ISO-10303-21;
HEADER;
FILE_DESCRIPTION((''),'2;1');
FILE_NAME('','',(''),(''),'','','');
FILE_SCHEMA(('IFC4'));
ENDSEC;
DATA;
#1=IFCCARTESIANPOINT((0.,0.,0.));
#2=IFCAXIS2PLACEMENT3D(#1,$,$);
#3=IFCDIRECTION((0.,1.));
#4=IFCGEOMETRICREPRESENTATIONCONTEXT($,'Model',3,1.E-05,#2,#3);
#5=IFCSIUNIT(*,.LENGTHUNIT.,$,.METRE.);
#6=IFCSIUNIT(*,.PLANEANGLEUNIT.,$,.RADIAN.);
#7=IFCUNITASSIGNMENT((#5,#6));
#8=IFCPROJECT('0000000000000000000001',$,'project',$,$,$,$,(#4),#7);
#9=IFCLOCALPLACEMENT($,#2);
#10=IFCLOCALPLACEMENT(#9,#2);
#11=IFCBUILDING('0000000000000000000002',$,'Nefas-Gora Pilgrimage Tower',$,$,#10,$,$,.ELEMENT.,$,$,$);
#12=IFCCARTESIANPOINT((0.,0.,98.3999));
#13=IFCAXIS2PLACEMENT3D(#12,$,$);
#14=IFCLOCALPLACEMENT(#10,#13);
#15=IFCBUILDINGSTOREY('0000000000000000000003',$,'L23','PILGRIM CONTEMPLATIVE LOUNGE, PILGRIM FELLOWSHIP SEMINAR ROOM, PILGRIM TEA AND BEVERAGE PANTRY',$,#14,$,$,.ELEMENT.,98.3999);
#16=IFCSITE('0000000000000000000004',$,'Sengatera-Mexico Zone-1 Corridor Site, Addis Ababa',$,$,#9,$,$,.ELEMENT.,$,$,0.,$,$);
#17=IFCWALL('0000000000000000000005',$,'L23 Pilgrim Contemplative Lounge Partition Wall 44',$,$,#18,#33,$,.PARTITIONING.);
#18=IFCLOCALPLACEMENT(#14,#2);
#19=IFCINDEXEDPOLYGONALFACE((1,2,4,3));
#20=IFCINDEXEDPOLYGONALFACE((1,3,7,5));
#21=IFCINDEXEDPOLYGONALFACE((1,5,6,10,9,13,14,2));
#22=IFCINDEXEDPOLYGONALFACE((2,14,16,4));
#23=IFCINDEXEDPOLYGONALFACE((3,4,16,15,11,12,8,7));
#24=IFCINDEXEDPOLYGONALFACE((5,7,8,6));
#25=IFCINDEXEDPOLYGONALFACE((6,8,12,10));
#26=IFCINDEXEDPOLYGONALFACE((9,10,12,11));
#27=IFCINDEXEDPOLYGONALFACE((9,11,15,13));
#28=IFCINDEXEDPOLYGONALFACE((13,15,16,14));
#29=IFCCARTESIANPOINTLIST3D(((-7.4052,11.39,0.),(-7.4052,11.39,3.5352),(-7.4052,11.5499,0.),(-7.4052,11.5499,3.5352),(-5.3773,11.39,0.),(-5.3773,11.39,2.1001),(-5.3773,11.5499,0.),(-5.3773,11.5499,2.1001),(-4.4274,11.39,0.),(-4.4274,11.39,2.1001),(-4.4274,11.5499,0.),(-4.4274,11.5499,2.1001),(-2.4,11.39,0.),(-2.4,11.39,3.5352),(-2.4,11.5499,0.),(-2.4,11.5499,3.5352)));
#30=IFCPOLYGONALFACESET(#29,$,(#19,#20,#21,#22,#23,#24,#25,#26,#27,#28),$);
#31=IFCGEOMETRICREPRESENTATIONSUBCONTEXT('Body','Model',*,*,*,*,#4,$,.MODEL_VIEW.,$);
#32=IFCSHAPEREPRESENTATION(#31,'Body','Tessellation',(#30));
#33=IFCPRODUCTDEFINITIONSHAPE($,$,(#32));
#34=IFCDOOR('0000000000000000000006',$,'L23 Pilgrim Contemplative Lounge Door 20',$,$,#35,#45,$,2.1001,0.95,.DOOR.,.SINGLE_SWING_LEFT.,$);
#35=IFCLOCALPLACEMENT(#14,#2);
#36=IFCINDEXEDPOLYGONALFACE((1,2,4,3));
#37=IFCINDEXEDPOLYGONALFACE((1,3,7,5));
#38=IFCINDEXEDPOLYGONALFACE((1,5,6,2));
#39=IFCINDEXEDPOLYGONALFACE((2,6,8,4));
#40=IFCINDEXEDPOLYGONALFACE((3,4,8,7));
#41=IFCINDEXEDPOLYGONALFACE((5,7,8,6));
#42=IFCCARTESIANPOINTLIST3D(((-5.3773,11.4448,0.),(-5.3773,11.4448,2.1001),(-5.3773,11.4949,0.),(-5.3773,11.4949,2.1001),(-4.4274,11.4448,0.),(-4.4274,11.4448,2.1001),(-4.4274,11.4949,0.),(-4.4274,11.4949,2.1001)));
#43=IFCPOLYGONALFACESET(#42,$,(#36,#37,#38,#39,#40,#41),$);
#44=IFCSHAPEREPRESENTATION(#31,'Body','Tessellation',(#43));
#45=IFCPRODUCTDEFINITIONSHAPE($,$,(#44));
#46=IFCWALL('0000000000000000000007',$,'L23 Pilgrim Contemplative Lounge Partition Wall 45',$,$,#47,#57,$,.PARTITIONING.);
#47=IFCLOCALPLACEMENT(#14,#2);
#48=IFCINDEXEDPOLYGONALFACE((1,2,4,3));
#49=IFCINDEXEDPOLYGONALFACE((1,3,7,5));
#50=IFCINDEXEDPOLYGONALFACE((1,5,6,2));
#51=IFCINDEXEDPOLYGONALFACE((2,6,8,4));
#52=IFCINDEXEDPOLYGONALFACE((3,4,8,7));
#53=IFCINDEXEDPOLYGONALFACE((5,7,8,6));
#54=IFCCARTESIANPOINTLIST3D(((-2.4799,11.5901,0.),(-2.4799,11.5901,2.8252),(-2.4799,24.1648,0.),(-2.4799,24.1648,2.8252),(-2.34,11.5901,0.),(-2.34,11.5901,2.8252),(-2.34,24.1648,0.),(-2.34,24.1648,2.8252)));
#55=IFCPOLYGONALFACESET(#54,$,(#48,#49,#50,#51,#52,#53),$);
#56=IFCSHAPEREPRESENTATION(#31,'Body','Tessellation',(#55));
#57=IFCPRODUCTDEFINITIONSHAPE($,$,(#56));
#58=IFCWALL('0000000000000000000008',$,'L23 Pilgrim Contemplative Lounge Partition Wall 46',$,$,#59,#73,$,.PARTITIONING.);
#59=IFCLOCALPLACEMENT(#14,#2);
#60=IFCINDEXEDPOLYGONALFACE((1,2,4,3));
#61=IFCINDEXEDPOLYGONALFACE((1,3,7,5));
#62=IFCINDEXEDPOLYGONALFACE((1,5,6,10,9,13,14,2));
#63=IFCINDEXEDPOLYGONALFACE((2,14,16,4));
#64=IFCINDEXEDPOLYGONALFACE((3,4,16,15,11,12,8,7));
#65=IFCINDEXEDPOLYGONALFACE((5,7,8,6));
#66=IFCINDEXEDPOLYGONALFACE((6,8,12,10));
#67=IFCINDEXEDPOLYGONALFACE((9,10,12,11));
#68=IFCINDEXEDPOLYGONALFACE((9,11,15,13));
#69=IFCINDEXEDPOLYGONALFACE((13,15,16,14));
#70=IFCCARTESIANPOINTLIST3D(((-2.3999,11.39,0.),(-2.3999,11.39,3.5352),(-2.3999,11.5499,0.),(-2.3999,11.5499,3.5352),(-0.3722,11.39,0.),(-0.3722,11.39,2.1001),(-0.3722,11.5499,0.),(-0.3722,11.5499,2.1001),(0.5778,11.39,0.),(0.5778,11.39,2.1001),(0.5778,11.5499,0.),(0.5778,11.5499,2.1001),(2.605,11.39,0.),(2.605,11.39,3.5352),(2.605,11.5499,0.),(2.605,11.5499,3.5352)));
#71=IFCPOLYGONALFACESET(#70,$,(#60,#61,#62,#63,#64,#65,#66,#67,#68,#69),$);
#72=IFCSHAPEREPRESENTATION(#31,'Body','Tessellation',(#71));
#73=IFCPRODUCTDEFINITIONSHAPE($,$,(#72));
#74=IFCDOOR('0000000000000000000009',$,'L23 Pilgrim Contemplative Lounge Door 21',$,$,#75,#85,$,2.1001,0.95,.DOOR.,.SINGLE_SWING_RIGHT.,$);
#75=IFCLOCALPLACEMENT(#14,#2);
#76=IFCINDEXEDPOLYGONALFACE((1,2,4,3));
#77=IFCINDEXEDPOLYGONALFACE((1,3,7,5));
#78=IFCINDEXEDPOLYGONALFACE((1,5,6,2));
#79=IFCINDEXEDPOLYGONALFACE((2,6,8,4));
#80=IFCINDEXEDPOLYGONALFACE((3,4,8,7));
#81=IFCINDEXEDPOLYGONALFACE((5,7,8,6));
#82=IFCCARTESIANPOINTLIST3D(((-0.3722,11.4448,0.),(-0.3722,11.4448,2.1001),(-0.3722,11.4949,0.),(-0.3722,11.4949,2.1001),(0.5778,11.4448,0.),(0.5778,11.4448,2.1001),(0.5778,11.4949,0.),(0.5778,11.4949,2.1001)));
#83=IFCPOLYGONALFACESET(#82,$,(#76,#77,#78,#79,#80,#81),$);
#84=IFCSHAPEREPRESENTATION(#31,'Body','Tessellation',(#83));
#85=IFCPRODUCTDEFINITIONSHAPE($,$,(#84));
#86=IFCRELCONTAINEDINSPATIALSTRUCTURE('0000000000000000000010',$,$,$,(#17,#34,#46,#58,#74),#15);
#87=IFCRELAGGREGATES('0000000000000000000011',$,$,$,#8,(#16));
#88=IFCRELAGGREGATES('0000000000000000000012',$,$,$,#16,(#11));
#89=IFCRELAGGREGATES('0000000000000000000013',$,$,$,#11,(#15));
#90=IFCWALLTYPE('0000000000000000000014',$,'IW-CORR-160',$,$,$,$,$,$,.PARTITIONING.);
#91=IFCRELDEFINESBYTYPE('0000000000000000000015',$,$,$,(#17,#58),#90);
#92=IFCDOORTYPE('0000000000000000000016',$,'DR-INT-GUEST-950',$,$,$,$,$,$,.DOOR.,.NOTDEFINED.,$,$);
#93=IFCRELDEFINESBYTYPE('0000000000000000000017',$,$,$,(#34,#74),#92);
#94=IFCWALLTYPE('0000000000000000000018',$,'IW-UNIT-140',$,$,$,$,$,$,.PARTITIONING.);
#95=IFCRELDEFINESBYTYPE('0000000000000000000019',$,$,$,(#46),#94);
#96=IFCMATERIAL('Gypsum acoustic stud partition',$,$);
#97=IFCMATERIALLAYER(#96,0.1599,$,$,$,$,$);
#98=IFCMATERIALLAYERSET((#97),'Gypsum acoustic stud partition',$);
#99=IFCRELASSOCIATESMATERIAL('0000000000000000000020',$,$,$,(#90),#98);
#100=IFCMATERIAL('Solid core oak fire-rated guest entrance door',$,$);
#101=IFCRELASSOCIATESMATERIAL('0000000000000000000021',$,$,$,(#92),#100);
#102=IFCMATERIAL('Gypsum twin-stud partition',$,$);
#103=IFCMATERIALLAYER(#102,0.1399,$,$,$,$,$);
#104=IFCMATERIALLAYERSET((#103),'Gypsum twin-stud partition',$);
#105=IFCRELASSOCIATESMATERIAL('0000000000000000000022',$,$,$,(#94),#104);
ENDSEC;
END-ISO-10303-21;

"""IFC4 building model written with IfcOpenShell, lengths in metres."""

from ifc_helpers import new_model, si_unit, direction, frame, frame_2d, origin, place, context, subcontext, project, spatial, rectangle, extrude, source, transform, mapped, material, layer, layer_set, type_object, element, fill, save


model = new_model("IFC4")

# Units and contexts
model_context = context("Model", 3, precision=1e-05, world=origin(), true_north=direction((0.0, 1.0)))
body_context = subcontext(model_context, "Body", "Model", "MODEL_VIEW")
ifc_project = project(units=[si_unit("LENGTHUNIT", "METRE"), si_unit("PLANEANGLEUNIT", "RADIAN")], contexts=[model_context])

# Site, building, storey
site_placement = place(None, origin())
site = spatial("IfcSite", under=ifc_project, at=site_placement, Name="Sengatera-Mexico Zone-1 Corridor Site, Addis Ababa", CompositionType="ELEMENT", RefElevation=0.0)
building_placement = place(site_placement, origin())
building = spatial("IfcBuilding", under=site, at=building_placement, Name="Nefas-Gora Pilgrimage Tower", CompositionType="ELEMENT")
storey_placement = place(building_placement, frame((0.0, 0.0, 98.3999)))
storey = spatial("IfcBuildingStorey", under=building, at=storey_placement, Name="L23", Description="PILGRIM CONTEMPLATIVE LOUNGE, PILGRIM FELLOWSHIP SEMINAR ROOM, PILGRIM TEA AND BEVERAGE PANTRY", CompositionType="ELEMENT", Elevation=98.3999)

# Wall, opening, door
ifc_material_1 = material(Name="Gypsum acoustic stud partition")
ifc_layer_1 = layer(ifc_material_1, 0.1599)
ifc_layer_set_1 = layer_set([ifc_layer_1], Name="Gypsum acoustic stud partition")
wall_type_1 = type_object("IfcWallType", Name="IW-CORR-160", PredefinedType="PARTITIONING", material=ifc_layer_set_1)
shared_shape_1 = source(origin(), body_context, "Body", "SweptSolid", [
    extrude(rectangle(XDim=5.0051, YDim=0.1599, at=frame_2d((2.5024, 0.0))), origin(), (0.0, 0.0, 1.0), 3.5352),
])
wall_1_placement = place(storey_placement, frame((-7.405, 11.47, 0.0), z_axis=(0.0, 0.0, 1.0), x_axis=(1.0, 0.0, 0.0)))
wall_1 = element("IfcWall", 1, at=wall_1_placement, inside=storey, type_object=wall_type_1, Name="L23 Pilgrim Contemplative Lounge Partition Wall 44", PredefinedType="PARTITIONING", context=body_context, shape_type="MappedRepresentation", body=[
    mapped(shared_shape_1, transform((0.0, 0.0, 0.0), x_axis=(1.0, 0.0, 0.0), y_axis=(0.0, 1.0, 0.0), z_axis=(0.0, 0.0, 1.0), scale=1.0)),
])
opening_1_placement = place(wall_1_placement, frame((2.0276, 0.0, 0.0)))
opening_1 = element("IfcOpeningElement", 2, at=opening_1_placement, cuts=wall_1, PredefinedType="OPENING", context=body_context, shape_type="SweptSolid", body=[
    extrude(rectangle(XDim=0.95, YDim=2.1001, at=frame_2d((0.4751, 1.05))), frame((0.0, 0.0898, 0.0), z_axis=(0.0, -1.0, 0.0), x_axis=(1.0, 0.0, 0.0)), (0.0, 0.0, 1.0), 0.1799),
])
ifc_material_2 = material(Name="Solid core oak fire-rated guest entrance door")
door_type_1 = type_object("IfcDoorType", Name="DR-INT-GUEST-950", OperationType="NOTDEFINED", PredefinedType="DOOR", material=ifc_material_2)
shared_shape_2 = source(origin(), body_context, "Body", "SweptSolid", [
    extrude(rectangle(XDim=0.95, YDim=2.1001, at=frame_2d((0.4751, 1.05))), frame((0.0, 0.0249, 0.0), z_axis=(0.0, -1.0, 0.0), x_axis=(1.0, 0.0, 0.0)), (0.0, 0.0, 1.0), 0.05),
])
door_1_placement = place(opening_1_placement, origin())
door_1 = element("IfcDoor", 3, at=door_1_placement, inside=storey, type_object=door_type_1, Name="L23 Pilgrim Contemplative Lounge Door 20", OperationType="SINGLE_SWING_LEFT", OverallHeight=2.1001, OverallWidth=0.95, PredefinedType="DOOR", context=body_context, shape_type="MappedRepresentation", body=[
    mapped(shared_shape_2, transform((0.0, 0.0, 0.0), x_axis=(1.0, 0.0, 0.0), y_axis=(0.0, 1.0, 0.0), z_axis=(0.0, 0.0, 1.0), scale=1.0)),
])
fill(opening_1, door_1)

# Wall
ifc_material_3 = material(Name="Gypsum twin-stud partition")
ifc_layer_2 = layer(ifc_material_3, 0.1399)
ifc_layer_set_2 = layer_set([ifc_layer_2], Name="Gypsum twin-stud partition")
wall_type_2 = type_object("IfcWallType", Name="IW-UNIT-140", PredefinedType="PARTITIONING", material=ifc_layer_set_2)
shared_shape_3 = source(origin(), body_context, "Body", "SweptSolid", [
    extrude(rectangle(XDim=12.5747, YDim=0.1399, at=frame_2d((6.2874, 0.0))), origin(), (0.0, 0.0, 1.0), 2.8252),
])
wall_2_placement = place(storey_placement, frame((-2.4099, 11.5901, 0.0), z_axis=(0.0, 0.0, 1.0), x_axis=(0.0, 1.0, 0.0)))
element("IfcWall", 4, at=wall_2_placement, inside=storey, type_object=wall_type_2, Name="L23 Pilgrim Contemplative Lounge Partition Wall 45", PredefinedType="PARTITIONING", context=body_context, shape_type="MappedRepresentation", body=[
    mapped(shared_shape_3, transform((0.0, 0.0, 0.0), x_axis=(1.0, 0.0, 0.0), y_axis=(0.0, 1.0, 0.0), z_axis=(0.0, 0.0, 1.0), scale=1.0)),
])

# Wall, opening, door
shared_shape_4 = source(origin(), body_context, "Body", "SweptSolid", [
    extrude(rectangle(XDim=5.0049, YDim=0.1599, at=frame_2d((2.5024, 0.0))), origin(), (0.0, 0.0, 1.0), 3.5352),
])
wall_3_placement = place(storey_placement, frame((-2.3999, 11.47, 0.0), z_axis=(0.0, 0.0, 1.0), x_axis=(1.0, 0.0, 0.0)))
wall_3 = element("IfcWall", 5, at=wall_3_placement, inside=storey, type_object=wall_type_1, Name="L23 Pilgrim Contemplative Lounge Partition Wall 46", PredefinedType="PARTITIONING", context=body_context, shape_type="MappedRepresentation", body=[
    mapped(shared_shape_4, transform((0.0, 0.0, 0.0), x_axis=(1.0, 0.0, 0.0), y_axis=(0.0, 1.0, 0.0), z_axis=(0.0, 0.0, 1.0), scale=1.0)),
])
opening_2_placement = place(wall_3_placement, frame((2.0276, 0.0, 0.0)))
opening_2 = element("IfcOpeningElement", 6, at=opening_2_placement, cuts=wall_3, PredefinedType="OPENING", context=body_context, shape_type="SweptSolid", body=[
    extrude(rectangle(XDim=0.95, YDim=2.1001, at=frame_2d((0.4751, 1.05))), frame((0.0, 0.0898, 0.0), z_axis=(0.0, -1.0, 0.0), x_axis=(1.0, 0.0, 0.0)), (0.0, 0.0, 1.0), 0.1799),
])
door_2_placement = place(opening_2_placement, origin())
door_2 = element("IfcDoor", 7, at=door_2_placement, inside=storey, type_object=door_type_1, Name="L23 Pilgrim Contemplative Lounge Door 21", OperationType="SINGLE_SWING_RIGHT", OverallHeight=2.1001, OverallWidth=0.95, PredefinedType="DOOR", context=body_context, shape_type="MappedRepresentation", body=[
    mapped(shared_shape_2, transform((0.0, 0.0, 0.0), x_axis=(1.0, 0.0, 0.0), y_axis=(0.0, 1.0, 0.0), z_axis=(0.0, 0.0, 1.0), scale=1.0)),
])
fill(opening_2, door_2)

save(model, "model.ifc")
